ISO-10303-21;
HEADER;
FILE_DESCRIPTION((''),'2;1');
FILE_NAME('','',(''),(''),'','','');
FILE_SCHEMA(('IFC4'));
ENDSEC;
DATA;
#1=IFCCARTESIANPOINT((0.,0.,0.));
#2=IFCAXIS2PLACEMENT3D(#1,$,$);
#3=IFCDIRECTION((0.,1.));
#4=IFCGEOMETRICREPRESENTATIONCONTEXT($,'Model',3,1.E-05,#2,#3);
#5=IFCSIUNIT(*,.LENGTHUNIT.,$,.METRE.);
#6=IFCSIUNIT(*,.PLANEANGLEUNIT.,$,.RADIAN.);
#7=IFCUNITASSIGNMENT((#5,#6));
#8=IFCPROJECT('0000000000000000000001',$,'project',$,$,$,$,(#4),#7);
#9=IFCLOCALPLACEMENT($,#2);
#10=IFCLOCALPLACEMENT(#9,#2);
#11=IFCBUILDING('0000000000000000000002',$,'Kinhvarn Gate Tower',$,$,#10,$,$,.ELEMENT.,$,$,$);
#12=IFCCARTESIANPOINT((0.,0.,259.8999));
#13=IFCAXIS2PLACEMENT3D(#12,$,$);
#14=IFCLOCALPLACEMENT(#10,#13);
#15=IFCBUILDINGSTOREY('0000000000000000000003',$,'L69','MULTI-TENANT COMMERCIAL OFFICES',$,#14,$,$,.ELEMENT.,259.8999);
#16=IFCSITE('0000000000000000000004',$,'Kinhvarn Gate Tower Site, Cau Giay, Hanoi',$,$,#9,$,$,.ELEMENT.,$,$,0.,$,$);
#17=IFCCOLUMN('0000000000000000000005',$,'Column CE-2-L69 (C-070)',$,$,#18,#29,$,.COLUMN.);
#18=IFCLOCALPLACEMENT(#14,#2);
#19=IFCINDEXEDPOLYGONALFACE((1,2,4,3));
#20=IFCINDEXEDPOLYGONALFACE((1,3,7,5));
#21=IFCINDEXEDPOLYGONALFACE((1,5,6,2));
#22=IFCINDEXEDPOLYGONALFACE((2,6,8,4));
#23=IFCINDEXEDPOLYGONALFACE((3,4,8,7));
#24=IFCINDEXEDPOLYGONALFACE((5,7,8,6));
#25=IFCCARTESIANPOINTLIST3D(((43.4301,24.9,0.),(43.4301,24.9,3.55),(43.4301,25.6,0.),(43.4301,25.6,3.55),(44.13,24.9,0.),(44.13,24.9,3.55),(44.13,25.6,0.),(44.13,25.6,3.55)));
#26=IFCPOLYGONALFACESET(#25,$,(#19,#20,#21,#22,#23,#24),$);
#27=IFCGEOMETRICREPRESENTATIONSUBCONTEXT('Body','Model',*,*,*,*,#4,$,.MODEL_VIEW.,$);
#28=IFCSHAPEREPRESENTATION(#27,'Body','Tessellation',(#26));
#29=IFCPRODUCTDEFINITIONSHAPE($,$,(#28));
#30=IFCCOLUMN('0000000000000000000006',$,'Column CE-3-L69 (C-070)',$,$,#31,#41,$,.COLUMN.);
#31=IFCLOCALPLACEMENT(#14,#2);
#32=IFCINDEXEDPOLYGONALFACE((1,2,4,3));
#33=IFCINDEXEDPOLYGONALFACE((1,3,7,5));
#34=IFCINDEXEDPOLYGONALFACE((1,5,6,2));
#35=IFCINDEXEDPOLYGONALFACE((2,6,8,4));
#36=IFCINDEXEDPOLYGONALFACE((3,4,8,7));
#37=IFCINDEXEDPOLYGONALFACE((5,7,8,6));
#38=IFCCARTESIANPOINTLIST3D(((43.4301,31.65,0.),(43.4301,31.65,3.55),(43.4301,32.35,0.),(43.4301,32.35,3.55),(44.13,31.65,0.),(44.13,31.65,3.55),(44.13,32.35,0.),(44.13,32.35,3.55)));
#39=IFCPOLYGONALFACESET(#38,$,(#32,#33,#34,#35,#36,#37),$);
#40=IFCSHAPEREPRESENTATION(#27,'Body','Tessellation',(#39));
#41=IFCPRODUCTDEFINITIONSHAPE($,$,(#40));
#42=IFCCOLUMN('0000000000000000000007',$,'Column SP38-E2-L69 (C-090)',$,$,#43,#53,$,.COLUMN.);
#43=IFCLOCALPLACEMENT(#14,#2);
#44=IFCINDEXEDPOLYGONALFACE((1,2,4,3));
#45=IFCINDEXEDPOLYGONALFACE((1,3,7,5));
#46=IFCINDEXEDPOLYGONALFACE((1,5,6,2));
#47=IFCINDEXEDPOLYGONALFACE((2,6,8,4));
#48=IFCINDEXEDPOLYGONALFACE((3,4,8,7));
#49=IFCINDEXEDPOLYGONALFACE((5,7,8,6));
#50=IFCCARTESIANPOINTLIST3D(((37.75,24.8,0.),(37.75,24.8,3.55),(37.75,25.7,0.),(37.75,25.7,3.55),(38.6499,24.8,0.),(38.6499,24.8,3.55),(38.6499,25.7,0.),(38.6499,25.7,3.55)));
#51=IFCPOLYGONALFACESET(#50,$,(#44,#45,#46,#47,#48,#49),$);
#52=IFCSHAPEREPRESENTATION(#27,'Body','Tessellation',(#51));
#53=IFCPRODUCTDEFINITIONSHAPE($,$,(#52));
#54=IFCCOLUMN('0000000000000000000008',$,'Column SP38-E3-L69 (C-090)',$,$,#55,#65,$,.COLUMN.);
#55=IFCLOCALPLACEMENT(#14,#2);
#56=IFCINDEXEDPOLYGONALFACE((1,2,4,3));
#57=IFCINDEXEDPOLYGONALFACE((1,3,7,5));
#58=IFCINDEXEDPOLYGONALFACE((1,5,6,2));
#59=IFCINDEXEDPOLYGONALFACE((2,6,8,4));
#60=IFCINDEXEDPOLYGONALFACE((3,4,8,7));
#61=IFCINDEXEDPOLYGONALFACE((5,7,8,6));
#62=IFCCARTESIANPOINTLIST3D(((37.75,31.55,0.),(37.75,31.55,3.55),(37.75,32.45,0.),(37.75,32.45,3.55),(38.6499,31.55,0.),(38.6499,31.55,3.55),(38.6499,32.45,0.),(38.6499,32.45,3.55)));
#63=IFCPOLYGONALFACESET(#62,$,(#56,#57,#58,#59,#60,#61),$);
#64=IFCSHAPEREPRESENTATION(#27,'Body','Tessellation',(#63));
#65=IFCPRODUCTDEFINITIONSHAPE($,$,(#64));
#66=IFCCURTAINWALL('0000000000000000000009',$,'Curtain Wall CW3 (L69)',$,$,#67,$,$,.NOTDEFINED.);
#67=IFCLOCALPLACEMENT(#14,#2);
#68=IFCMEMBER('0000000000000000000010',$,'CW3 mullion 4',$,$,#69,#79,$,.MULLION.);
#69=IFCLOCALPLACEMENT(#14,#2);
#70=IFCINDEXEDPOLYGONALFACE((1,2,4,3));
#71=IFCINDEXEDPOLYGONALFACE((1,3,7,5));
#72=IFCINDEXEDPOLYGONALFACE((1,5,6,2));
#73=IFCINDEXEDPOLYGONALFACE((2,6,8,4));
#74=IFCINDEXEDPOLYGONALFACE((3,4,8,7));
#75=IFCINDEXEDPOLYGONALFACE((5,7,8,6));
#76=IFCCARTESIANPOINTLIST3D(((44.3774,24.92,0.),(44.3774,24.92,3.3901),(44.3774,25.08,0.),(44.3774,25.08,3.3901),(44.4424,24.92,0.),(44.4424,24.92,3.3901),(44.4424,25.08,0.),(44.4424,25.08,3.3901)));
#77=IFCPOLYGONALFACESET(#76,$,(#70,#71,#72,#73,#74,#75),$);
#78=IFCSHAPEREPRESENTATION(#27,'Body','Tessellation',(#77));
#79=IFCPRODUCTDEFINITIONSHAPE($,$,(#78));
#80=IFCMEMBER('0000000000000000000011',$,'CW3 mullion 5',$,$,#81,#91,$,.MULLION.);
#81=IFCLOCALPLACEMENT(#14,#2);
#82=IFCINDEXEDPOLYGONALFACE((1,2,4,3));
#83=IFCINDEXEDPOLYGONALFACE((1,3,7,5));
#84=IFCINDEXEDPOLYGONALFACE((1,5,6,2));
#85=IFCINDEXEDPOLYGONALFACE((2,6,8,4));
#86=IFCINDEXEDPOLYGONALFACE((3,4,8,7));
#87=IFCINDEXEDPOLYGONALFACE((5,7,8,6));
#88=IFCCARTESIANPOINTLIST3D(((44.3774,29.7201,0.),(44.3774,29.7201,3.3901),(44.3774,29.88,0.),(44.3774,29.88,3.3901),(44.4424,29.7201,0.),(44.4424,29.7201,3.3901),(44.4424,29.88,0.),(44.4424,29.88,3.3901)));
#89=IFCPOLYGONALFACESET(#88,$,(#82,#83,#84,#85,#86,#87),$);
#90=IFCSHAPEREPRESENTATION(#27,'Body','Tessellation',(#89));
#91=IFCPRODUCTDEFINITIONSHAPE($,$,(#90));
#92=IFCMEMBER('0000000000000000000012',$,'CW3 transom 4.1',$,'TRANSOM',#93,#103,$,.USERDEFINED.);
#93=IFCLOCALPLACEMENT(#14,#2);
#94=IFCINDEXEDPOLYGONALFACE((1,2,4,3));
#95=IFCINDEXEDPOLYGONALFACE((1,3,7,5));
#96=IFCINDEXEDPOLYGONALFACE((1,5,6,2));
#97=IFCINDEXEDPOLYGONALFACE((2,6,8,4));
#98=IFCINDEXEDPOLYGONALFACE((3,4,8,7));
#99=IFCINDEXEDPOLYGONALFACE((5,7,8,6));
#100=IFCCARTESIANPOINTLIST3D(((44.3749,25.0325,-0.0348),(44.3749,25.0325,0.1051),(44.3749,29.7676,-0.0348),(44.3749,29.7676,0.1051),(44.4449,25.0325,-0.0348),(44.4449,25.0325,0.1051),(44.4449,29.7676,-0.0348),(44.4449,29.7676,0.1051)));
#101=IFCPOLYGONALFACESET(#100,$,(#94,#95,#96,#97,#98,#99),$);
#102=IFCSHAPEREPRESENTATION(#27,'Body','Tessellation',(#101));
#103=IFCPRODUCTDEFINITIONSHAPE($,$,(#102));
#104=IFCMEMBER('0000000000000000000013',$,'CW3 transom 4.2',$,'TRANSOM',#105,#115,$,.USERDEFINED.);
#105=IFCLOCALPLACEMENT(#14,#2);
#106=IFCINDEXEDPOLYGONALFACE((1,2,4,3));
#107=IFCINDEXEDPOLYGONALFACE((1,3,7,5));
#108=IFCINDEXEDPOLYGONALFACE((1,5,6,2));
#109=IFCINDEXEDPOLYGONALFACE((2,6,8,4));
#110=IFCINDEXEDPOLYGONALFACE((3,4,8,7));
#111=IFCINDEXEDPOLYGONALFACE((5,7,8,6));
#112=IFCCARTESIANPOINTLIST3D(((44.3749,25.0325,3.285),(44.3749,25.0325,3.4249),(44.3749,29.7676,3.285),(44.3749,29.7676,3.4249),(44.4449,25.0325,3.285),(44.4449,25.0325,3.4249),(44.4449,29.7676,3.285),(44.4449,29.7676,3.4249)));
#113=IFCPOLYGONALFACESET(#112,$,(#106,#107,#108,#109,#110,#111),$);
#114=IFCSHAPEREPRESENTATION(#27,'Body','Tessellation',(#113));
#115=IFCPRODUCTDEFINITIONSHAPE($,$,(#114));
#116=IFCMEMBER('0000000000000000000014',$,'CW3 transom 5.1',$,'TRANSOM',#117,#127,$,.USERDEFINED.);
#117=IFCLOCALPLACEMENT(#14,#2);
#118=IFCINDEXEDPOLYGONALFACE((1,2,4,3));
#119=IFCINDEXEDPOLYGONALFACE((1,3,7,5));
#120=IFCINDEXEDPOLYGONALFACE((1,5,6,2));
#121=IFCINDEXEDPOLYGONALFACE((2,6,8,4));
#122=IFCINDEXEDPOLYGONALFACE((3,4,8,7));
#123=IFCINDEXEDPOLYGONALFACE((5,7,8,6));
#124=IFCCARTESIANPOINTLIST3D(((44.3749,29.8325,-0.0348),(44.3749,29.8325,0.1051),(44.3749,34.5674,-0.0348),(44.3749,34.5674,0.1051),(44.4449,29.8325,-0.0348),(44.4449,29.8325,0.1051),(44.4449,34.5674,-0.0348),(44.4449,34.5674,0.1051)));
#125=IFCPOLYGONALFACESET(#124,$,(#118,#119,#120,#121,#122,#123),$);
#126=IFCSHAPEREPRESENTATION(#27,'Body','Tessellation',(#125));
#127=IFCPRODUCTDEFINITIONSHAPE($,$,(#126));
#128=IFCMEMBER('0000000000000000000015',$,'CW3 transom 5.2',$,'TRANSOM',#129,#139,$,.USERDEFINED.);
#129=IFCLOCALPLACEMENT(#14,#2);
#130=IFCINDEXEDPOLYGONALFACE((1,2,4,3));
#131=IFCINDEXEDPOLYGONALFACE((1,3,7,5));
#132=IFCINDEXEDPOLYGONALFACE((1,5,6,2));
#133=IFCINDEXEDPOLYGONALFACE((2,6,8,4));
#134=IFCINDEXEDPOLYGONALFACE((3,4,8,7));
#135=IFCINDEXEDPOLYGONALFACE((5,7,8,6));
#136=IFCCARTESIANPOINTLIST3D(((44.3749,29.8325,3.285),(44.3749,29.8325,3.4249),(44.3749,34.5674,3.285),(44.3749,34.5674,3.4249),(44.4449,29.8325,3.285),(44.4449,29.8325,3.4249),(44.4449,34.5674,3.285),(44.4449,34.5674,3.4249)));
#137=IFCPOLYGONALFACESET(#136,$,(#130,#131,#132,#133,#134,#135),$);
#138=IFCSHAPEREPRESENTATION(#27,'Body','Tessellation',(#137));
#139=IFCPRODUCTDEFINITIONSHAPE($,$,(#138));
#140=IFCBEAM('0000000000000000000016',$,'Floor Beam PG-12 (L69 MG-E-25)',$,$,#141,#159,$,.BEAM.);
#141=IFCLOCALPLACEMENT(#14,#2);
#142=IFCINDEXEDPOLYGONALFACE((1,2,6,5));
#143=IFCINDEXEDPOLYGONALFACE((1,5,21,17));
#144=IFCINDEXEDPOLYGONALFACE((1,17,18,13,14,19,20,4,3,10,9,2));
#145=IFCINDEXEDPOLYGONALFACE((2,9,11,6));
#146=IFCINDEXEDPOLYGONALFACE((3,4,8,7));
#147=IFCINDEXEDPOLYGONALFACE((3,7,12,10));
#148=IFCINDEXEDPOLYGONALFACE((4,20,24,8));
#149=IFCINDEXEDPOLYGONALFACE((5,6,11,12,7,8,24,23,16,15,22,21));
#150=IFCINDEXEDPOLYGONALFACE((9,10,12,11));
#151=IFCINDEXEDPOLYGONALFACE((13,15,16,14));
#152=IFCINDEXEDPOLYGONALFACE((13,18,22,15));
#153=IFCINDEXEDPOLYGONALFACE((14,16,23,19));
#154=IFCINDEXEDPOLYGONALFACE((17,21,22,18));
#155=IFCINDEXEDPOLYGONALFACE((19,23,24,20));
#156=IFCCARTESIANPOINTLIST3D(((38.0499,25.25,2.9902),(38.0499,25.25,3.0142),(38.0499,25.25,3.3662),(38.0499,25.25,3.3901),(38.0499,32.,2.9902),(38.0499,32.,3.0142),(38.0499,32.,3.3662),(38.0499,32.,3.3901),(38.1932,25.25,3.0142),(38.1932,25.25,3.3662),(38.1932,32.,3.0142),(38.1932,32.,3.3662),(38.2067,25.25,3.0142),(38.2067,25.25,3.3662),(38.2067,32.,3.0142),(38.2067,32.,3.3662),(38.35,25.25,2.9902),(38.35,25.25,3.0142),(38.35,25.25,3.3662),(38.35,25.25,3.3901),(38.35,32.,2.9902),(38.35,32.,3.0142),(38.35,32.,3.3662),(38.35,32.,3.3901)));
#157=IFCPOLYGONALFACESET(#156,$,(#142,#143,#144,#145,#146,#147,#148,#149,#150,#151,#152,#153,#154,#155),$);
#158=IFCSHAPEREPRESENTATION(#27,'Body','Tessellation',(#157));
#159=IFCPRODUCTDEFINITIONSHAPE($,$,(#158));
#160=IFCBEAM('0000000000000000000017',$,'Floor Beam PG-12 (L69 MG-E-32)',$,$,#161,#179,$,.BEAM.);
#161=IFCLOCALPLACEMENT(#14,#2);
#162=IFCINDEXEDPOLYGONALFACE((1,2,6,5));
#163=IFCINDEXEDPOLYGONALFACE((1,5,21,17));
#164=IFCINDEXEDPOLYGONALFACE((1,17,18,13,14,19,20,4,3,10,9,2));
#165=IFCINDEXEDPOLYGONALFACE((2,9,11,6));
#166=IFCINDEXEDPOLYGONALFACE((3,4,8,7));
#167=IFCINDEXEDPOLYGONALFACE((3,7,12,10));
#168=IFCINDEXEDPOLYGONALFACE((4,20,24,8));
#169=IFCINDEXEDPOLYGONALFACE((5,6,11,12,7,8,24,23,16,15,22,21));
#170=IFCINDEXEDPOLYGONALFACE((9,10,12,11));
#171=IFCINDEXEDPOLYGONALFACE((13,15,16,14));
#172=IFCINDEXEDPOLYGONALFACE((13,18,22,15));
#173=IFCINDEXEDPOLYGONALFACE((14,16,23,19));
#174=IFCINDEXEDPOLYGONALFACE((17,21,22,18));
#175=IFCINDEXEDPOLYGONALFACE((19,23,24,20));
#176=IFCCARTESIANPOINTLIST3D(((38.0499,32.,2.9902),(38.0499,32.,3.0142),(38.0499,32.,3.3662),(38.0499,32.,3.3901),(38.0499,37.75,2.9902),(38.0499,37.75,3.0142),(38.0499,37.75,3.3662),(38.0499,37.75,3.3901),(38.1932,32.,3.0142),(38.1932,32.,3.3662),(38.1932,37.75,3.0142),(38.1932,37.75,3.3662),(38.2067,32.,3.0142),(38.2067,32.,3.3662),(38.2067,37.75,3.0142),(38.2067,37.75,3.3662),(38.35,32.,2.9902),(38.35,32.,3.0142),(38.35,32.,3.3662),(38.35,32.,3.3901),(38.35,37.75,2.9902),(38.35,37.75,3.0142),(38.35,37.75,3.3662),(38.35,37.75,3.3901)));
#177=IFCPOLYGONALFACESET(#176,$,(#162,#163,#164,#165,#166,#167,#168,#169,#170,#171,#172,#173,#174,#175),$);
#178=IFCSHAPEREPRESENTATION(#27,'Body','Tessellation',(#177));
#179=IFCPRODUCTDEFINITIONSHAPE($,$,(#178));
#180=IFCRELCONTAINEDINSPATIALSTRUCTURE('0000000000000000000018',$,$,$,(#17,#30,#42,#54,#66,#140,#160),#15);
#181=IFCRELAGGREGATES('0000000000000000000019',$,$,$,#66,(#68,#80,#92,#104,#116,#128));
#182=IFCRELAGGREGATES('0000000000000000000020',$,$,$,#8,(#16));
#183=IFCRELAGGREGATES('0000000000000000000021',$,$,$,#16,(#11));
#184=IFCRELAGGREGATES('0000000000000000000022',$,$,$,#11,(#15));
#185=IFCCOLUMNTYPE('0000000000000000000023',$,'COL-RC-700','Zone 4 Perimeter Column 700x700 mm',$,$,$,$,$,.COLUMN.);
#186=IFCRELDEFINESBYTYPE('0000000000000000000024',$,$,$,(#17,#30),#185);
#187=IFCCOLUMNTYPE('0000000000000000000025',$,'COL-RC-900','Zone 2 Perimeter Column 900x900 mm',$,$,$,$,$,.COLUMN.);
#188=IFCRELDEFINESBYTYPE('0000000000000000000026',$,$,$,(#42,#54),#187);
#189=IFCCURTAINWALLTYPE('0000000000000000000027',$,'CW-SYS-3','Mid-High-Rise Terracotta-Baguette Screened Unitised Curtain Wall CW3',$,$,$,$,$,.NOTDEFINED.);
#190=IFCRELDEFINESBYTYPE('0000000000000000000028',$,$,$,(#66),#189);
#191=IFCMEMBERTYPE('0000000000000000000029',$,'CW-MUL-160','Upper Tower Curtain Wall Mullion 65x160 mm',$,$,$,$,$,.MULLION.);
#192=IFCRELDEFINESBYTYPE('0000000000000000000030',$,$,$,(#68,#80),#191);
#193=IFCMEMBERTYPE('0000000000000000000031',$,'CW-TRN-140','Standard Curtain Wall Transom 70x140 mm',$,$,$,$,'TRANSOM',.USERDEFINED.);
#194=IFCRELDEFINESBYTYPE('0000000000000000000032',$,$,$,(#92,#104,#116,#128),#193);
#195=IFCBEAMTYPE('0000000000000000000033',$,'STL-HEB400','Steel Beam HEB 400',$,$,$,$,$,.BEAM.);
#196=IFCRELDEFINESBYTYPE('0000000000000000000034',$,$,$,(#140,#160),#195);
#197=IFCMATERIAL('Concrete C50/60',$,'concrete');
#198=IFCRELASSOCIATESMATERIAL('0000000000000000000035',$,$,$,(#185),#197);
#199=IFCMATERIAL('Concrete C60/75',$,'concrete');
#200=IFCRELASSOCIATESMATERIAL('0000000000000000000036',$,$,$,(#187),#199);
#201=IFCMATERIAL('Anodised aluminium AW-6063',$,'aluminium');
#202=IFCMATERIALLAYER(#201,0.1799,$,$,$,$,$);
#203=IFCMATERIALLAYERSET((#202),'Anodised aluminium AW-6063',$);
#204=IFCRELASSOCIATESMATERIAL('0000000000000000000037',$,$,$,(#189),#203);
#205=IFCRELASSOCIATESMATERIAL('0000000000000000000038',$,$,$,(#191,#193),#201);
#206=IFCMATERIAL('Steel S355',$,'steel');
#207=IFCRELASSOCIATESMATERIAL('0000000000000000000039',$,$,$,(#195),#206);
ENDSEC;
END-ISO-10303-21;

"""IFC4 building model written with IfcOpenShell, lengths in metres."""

from ifc_helpers import new_model, si_unit, direction, frame, origin, origin_2d, place, context, subcontext, project, spatial, rectangle, i_section, extrude, material, layer, layer_set, material_profile, profile_set, type_object, element, aggregate, save


model = new_model("IFC4")

# Units and contexts
model_context = context("Model", 3, precision=1e-05, world=origin(), true_north=direction((0.0, 1.0)))
body_context = subcontext(model_context, "Body", "Model", "MODEL_VIEW")
ifc_project = project(units=[si_unit("LENGTHUNIT", "METRE"), si_unit("PLANEANGLEUNIT", "RADIAN")], contexts=[model_context])

# Site, building, storey
site_placement = place(None, origin())
site = spatial("IfcSite", under=ifc_project, at=site_placement, Name="Kinhvarn Gate Tower Site, Cau Giay, Hanoi", CompositionType="ELEMENT", RefElevation=0.0)
building_placement = place(site_placement, origin())
building = spatial("IfcBuilding", under=site, at=building_placement, Name="Kinhvarn Gate Tower", CompositionType="ELEMENT")
storey_placement = place(building_placement, frame((0.0, 0.0, 259.8999)))
storey = spatial("IfcBuildingStorey", under=building, at=storey_placement, Name="L69", Description="MULTI-TENANT COMMERCIAL OFFICES", CompositionType="ELEMENT", Elevation=259.8999)

# Columns
ifc_material_1 = material(Name="Concrete C50/60", Category="concrete")
ifc_material_profile_1 = material_profile(ifc_material_1, rectangle(XDim=0.7, YDim=0.7, at=origin_2d()), Name="RC 700x700")
ifc_profile_set_1 = profile_set([ifc_material_profile_1], Name="Concrete C50/60")
column_type_1 = type_object("IfcColumnType", Name="COL-RC-700", Description="Zone 4 Perimeter Column 700x700 mm", PredefinedType="COLUMN", material=ifc_profile_set_1)
for number, where, z_axis, x_axis, name in (
    (1, (43.78, 25.25, 0.0), (0.0, 0.0, 1.0), (1.0, 0.0, 0.0), "Column CE-2-L69 (C-070)"),
    (2, (43.78, 32.0, 0.0), (0.0, 0.0, 1.0), (1.0, 0.0, 0.0), "Column CE-3-L69 (C-070)"),
):
    element("IfcColumn", number, at=place(storey_placement, frame(where, z_axis=z_axis, x_axis=x_axis)), inside=storey, type_object=column_type_1, Name=name, PredefinedType="COLUMN", context=body_context, shape_type="SweptSolid", body=[
        extrude(rectangle(XDim=0.7, YDim=0.7, at=origin_2d()), origin(), (0.0, 0.0, 1.0), 3.55),
    ])
ifc_material_2 = material(Name="Concrete C60/75", Category="concrete")
ifc_material_profile_2 = material_profile(ifc_material_2, rectangle(XDim=0.8999, YDim=0.8999, at=origin_2d()), Name="RC 900x900")
ifc_profile_set_2 = profile_set([ifc_material_profile_2], Name="Concrete C60/75")
column_type_2 = type_object("IfcColumnType", Name="COL-RC-900", Description="Zone 2 Perimeter Column 900x900 mm", PredefinedType="COLUMN", material=ifc_profile_set_2)
for number, where, z_axis, x_axis, name in (
    (3, (38.2, 25.25, 0.0), (0.0, 0.0, 1.0), (1.0, 0.0, 0.0), "Column SP38-E2-L69 (C-090)"),
    (4, (38.2, 32.0, 0.0), (0.0, 0.0, 1.0), (1.0, 0.0, 0.0), "Column SP38-E3-L69 (C-090)"),
):
    element("IfcColumn", number, at=place(storey_placement, frame(where, z_axis=z_axis, x_axis=x_axis)), inside=storey, type_object=column_type_2, Name=name, PredefinedType="COLUMN", context=body_context, shape_type="SweptSolid", body=[
        extrude(rectangle(XDim=0.8999, YDim=0.8999, at=origin_2d()), origin(), (0.0, 0.0, 1.0), 3.55),
    ])

# Curtain wall, members
ifc_material_3 = material(Name="Anodised aluminium AW-6063", Category="aluminium")
ifc_layer_1 = layer(ifc_material_3, 0.1799)
ifc_layer_set_1 = layer_set([ifc_layer_1], Name="Anodised aluminium AW-6063")
curtain_wall_type = type_object("IfcCurtainWallType", Name="CW-SYS-3", Description="Mid-High-Rise Terracotta-Baguette Screened Unitised Curtain Wall CW3", PredefinedType="NOTDEFINED", material=ifc_layer_set_1)
curtain_wall_placement = place(storey_placement, origin())
curtain_wall = element("IfcCurtainWall", 5, at=curtain_wall_placement, inside=storey, type_object=curtain_wall_type, Name="Curtain Wall CW3 (L69)", PredefinedType="NOTDEFINED")
ifc_material_profile_3 = material_profile(ifc_material_3, rectangle(XDim=0.0649, YDim=0.1599, at=origin_2d()), Name="ALU 65x160")
ifc_profile_set_3 = profile_set([ifc_material_profile_3], Name="Anodised aluminium AW-6063")
member_type_1 = type_object("IfcMemberType", Name="CW-MUL-160", Description="Upper Tower Curtain Wall Mullion 65x160 mm", PredefinedType="MULLION", material=ifc_profile_set_3)
member_1_placement = place(storey_placement, frame((44.4099, 25.0, 0.0), z_axis=(0.0, 0.0, 1.0), x_axis=(-1.0, 0.0, 0.0)))
member_1 = element("IfcMember", 6, at=member_1_placement, type_object=member_type_1, Name="CW3 mullion 4", PredefinedType="MULLION", context=body_context, shape_type="SweptSolid", body=[
    extrude(rectangle(XDim=0.0649, YDim=0.1599, at=origin_2d()), origin(), (0.0, 0.0, 1.0), 3.3901),
])
member_2_placement = place(storey_placement, frame((44.4099, 29.8, 0.0), z_axis=(0.0, 0.0, 1.0), x_axis=(-1.0, 0.0, 0.0)))
member_2 = element("IfcMember", 7, at=member_2_placement, type_object=member_type_1, Name="CW3 mullion 5", PredefinedType="MULLION", context=body_context, shape_type="SweptSolid", body=[
    extrude(rectangle(XDim=0.0649, YDim=0.1599, at=origin_2d()), origin(), (0.0, 0.0, 1.0), 3.3901),
])
ifc_material_profile_4 = material_profile(ifc_material_3, rectangle(XDim=0.0701, YDim=0.1399, at=origin_2d()), Name="ALU 70x140")
ifc_profile_set_4 = profile_set([ifc_material_profile_4], Name="Anodised aluminium AW-6063")
member_type_2 = type_object("IfcMemberType", Name="CW-TRN-140", Description="Standard Curtain Wall Transom 70x140 mm", ElementType="TRANSOM", PredefinedType="USERDEFINED", material=ifc_profile_set_4)
member_3_placement = place(storey_placement, frame((44.4099, 25.0325, 0.0352), z_axis=(0.0, 1.0, 0.0), x_axis=(-1.0, 0.0, 0.0)))
member_3 = element("IfcMember", 8, at=member_3_placement, type_object=member_type_2, Name="CW3 transom 4.1", ObjectType="TRANSOM", PredefinedType="USERDEFINED", context=body_context, shape_type="SweptSolid", body=[
    extrude(rectangle(XDim=0.0701, YDim=0.1399, at=origin_2d()), origin(), (0.0, 0.0, 1.0), 4.7351),
])
member_4_placement = place(storey_placement, frame((44.4099, 25.0325, 3.355), z_axis=(0.0, 1.0, 0.0), x_axis=(-1.0, 0.0, 0.0)))
member_4 = element("IfcMember", 9, at=member_4_placement, type_object=member_type_2, Name="CW3 transom 4.2", ObjectType="TRANSOM", PredefinedType="USERDEFINED", context=body_context, shape_type="SweptSolid", body=[
    extrude(rectangle(XDim=0.0701, YDim=0.1399, at=origin_2d()), origin(), (0.0, 0.0, 1.0), 4.7351),
])
member_5_placement = place(storey_placement, frame((44.4099, 29.8325, 0.0352), z_axis=(0.0, 1.0, 0.0), x_axis=(-1.0, 0.0, 0.0)))
member_5 = element("IfcMember", 10, at=member_5_placement, type_object=member_type_2, Name="CW3 transom 5.1", ObjectType="TRANSOM", PredefinedType="USERDEFINED", context=body_context, shape_type="SweptSolid", body=[
    extrude(rectangle(XDim=0.0701, YDim=0.1399, at=origin_2d()), origin(), (0.0, 0.0, 1.0), 4.7349),
])
member_6_placement = place(storey_placement, frame((44.4099, 29.8325, 3.355), z_axis=(0.0, 1.0, 0.0), x_axis=(-1.0, 0.0, 0.0)))
member_6 = element("IfcMember", 11, at=member_6_placement, type_object=member_type_2, Name="CW3 transom 5.2", ObjectType="TRANSOM", PredefinedType="USERDEFINED", context=body_context, shape_type="SweptSolid", body=[
    extrude(rectangle(XDim=0.0701, YDim=0.1399, at=origin_2d()), origin(), (0.0, 0.0, 1.0), 4.7349),
])

# Beams
ifc_material_4 = material(Name="Steel S355", Category="steel")
ifc_material_profile_5 = material_profile(ifc_material_4, i_section(OverallWidth=0.3, OverallDepth=0.3999, WebThickness=0.0134, FlangeThickness=0.0239, at=origin_2d()), Name="HEB 400")
ifc_profile_set_5 = profile_set([ifc_material_profile_5], Name="Steel S355")
beam_type_1 = type_object("IfcBeamType", Name="STL-HEB400", Description="Steel Beam HEB 400", PredefinedType="BEAM", material=ifc_profile_set_5)
beam_1_placement = place(storey_placement, frame((38.2, 25.25, 3.1902), z_axis=(0.0, 1.0, 0.0), x_axis=(-1.0, 0.0, 0.0)))
element("IfcBeam", 12, at=beam_1_placement, inside=storey, type_object=beam_type_1, Name="Floor Beam PG-12 (L69 MG-E-25)", PredefinedType="BEAM", context=body_context, shape_type="SweptSolid", body=[
    extrude(i_section(OverallWidth=0.3, OverallDepth=0.3999, WebThickness=0.0134, FlangeThickness=0.0239, at=origin_2d()), origin(), (0.0, 0.0, 1.0), 6.75),
])
beam_2_placement = place(storey_placement, frame((38.2, 32.0, 3.1902), z_axis=(0.0, 1.0, 0.0), x_axis=(-1.0, 0.0, 0.0)))
element("IfcBeam", 13, at=beam_2_placement, inside=storey, type_object=beam_type_1, Name="Floor Beam PG-12 (L69 MG-E-32)", PredefinedType="BEAM", context=body_context, shape_type="SweptSolid", body=[
    extrude(i_section(OverallWidth=0.3, OverallDepth=0.3999, WebThickness=0.0134, FlangeThickness=0.0239, at=origin_2d()), origin(), (0.0, 0.0, 1.0), 5.75),
])

aggregate(curtain_wall, [member_1, member_2, member_3, member_4, member_5, member_6])

save(model, "model.ifc")
